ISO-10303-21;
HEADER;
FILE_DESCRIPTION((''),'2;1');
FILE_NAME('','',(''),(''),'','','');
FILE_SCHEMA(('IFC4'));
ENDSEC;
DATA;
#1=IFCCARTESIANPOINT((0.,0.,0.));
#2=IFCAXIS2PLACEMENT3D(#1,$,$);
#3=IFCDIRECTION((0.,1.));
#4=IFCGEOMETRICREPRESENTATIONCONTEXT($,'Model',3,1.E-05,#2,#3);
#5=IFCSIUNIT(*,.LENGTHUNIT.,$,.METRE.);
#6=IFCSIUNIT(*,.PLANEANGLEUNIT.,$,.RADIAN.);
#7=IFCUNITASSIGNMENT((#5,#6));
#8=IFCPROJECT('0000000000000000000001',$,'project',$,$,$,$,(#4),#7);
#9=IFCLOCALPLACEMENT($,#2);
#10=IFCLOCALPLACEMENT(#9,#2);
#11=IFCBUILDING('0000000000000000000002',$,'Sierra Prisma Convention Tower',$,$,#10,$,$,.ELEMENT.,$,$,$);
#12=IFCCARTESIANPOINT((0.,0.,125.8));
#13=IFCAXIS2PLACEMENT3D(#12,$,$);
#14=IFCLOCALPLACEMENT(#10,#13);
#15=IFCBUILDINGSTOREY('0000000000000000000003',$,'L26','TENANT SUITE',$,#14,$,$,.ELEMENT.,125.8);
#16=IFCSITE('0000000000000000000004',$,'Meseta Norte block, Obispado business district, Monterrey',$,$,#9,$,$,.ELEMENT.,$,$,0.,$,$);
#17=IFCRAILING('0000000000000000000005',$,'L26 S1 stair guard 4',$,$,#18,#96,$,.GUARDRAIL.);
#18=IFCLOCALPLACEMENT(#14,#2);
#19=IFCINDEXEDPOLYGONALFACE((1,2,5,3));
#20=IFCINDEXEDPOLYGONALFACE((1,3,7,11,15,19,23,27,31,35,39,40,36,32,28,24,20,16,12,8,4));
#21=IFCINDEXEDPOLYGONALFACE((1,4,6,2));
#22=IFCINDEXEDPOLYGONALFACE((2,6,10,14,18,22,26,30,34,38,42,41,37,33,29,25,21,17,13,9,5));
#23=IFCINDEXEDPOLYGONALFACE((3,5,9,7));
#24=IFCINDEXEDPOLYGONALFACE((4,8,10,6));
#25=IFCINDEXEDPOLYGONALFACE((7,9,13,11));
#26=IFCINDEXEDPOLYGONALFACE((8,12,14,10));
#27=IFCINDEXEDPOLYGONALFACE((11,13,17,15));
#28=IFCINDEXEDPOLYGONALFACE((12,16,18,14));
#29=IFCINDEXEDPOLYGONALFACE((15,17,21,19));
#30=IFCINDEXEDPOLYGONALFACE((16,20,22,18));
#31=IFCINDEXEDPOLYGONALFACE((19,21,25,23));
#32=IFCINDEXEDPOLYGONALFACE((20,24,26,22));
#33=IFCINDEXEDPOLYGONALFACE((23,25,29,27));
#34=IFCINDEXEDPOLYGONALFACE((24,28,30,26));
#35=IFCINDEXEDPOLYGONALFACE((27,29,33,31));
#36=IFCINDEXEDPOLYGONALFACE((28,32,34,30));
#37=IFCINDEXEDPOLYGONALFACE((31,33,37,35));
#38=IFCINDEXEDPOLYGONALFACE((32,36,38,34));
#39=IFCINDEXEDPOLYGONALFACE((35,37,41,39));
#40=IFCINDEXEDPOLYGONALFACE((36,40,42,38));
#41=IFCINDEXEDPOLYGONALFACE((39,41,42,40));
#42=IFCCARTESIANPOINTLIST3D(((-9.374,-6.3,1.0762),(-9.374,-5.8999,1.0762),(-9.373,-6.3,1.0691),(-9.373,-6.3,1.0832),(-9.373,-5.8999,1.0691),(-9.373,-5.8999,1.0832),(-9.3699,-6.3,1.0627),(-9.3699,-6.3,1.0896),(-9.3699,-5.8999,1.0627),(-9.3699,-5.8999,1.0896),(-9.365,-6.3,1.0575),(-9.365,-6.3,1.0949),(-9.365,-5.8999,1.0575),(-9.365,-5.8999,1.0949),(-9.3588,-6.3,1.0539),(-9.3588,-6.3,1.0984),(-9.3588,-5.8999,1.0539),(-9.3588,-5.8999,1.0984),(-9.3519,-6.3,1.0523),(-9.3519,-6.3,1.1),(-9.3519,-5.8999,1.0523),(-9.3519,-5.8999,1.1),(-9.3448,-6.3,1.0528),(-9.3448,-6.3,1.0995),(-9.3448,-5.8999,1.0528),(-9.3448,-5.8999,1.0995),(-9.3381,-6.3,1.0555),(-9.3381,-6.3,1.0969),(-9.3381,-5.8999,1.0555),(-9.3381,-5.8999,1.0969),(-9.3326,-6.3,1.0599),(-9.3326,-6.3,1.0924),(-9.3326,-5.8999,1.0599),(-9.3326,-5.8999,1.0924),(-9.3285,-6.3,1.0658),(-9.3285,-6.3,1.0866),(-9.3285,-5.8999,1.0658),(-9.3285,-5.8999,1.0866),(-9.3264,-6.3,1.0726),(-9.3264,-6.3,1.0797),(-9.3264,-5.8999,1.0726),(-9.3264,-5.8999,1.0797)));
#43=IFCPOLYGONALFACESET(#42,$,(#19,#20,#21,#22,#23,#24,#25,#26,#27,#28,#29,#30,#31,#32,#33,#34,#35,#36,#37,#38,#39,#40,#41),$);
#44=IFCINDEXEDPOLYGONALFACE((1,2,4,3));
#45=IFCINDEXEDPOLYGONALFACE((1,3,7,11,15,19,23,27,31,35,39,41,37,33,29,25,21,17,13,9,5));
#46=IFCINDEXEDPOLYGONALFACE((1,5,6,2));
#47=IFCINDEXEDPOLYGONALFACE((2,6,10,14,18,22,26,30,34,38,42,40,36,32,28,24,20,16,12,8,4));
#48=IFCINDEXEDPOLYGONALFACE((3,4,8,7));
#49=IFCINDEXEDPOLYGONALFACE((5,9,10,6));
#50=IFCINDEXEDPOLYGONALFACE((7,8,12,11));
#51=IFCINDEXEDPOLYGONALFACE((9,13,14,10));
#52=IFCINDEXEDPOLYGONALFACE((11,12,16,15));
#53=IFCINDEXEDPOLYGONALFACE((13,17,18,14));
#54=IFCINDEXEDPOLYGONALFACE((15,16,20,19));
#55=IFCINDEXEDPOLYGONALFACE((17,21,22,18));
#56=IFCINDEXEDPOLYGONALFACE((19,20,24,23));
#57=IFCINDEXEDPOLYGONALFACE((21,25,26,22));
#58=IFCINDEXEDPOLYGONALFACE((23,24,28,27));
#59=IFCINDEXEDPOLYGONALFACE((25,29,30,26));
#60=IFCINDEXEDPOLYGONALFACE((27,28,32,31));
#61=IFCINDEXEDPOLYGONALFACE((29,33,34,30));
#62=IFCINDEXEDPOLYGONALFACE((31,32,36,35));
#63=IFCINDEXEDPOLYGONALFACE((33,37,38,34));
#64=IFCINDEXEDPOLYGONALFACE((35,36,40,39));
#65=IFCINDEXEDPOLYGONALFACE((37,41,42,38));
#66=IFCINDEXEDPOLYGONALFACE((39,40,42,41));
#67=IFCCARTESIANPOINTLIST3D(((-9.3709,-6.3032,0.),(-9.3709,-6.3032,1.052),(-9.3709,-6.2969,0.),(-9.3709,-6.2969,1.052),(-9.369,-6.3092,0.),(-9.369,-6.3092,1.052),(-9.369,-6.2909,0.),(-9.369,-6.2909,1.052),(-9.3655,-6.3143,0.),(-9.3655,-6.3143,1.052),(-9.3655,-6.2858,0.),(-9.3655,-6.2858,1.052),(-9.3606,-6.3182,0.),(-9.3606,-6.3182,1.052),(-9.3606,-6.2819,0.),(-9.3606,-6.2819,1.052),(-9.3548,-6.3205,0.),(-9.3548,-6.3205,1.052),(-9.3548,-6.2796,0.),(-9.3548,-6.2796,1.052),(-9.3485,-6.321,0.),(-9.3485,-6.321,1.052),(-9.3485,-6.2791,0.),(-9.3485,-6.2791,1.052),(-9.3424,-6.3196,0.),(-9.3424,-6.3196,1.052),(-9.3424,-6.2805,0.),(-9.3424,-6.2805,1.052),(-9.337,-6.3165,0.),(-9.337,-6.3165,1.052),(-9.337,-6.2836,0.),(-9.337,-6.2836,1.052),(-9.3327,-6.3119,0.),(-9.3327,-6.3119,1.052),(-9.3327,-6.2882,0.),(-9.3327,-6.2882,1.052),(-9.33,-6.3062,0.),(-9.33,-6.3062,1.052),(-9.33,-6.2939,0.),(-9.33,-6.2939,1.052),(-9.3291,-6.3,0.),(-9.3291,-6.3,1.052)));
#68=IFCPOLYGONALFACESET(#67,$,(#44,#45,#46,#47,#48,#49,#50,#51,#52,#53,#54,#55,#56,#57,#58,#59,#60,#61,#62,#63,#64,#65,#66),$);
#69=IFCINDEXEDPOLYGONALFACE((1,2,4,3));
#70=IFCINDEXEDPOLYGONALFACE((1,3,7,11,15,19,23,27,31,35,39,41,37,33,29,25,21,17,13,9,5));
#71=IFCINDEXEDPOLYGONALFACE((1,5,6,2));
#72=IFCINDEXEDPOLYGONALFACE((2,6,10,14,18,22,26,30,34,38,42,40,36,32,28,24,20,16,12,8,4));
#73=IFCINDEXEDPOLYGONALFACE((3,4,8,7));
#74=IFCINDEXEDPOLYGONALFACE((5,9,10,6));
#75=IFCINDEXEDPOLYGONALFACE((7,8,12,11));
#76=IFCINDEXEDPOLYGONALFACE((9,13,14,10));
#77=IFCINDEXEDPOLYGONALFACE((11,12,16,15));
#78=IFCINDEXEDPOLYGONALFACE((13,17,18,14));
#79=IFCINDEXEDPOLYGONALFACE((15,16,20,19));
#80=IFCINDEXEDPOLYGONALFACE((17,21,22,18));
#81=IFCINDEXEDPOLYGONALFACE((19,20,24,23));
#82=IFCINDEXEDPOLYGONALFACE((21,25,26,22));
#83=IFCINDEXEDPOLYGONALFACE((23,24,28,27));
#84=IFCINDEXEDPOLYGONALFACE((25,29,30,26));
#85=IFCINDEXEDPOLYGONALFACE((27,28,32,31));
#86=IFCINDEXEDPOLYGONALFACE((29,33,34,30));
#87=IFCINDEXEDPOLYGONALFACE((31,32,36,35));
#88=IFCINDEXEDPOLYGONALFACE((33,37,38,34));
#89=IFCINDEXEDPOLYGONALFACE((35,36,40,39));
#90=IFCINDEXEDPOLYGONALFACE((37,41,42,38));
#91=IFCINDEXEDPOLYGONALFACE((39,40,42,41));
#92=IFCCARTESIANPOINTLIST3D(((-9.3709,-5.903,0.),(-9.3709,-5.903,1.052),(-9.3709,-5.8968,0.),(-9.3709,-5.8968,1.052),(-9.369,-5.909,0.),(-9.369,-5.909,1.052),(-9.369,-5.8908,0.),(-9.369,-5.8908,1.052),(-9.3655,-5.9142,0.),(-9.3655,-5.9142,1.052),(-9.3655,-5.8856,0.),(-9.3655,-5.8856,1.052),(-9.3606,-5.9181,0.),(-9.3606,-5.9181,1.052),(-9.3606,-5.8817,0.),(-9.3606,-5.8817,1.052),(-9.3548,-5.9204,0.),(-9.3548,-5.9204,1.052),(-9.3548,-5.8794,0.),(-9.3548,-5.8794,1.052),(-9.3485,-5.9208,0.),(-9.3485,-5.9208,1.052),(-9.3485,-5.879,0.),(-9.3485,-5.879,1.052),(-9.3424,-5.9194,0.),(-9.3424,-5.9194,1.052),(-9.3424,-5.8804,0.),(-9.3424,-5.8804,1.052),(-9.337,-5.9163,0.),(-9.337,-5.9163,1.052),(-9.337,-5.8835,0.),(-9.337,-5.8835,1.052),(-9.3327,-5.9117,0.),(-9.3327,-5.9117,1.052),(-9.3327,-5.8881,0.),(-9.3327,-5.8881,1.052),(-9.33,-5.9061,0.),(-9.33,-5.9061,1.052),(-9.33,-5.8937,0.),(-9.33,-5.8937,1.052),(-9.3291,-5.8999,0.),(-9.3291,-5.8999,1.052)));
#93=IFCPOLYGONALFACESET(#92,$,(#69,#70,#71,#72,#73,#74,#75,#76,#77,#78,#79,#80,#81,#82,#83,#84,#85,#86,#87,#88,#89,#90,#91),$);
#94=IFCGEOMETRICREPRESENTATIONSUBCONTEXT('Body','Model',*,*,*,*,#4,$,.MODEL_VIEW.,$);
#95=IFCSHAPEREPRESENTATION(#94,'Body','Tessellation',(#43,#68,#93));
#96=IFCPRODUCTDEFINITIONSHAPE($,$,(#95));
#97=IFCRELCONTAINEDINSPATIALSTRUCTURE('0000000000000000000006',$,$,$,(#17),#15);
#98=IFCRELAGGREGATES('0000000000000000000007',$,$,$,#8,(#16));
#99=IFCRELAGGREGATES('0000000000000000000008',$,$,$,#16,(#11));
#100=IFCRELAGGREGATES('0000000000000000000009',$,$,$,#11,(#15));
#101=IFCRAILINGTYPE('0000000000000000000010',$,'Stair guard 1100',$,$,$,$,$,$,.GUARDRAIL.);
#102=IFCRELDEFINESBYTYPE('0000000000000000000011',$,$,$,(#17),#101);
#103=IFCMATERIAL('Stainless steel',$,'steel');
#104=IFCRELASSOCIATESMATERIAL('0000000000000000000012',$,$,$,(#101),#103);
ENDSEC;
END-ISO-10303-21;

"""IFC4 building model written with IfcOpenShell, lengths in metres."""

from ifc_helpers import new_model, si_unit, direction, frame, origin, origin_2d, place, context, subcontext, project, spatial, circle, extrude, material, type_object, element, save


model = new_model("IFC4")

# Units and contexts
model_context = context("Model", 3, precision=1e-05, world=origin(), true_north=direction((0.0, 1.0)))
body_context = subcontext(model_context, "Body", "Model", "MODEL_VIEW")
ifc_project = project(units=[si_unit("LENGTHUNIT", "METRE"), si_unit("PLANEANGLEUNIT", "RADIAN")], contexts=[model_context])

# Site, building, storey
site_placement = place(None, origin())
site = spatial("IfcSite", under=ifc_project, at=site_placement, Name="Meseta Norte block, Obispado business district, Monterrey", CompositionType="ELEMENT", RefElevation=0.0)
building_placement = place(site_placement, origin())
building = spatial("IfcBuilding", under=site, at=building_placement, Name="Sierra Prisma Convention Tower", CompositionType="ELEMENT")
storey_placement = place(building_placement, frame((0.0, 0.0, 125.8)))
storey = spatial("IfcBuildingStorey", under=building, at=storey_placement, Name="L26", Description="TENANT SUITE", CompositionType="ELEMENT", Elevation=125.8)

# Railing
ifc_material_1 = material(Name="Stainless steel", Category="steel")
railing_type_1 = type_object("IfcRailingType", Name="Stair guard 1100", PredefinedType="GUARDRAIL", material=ifc_material_1)
railing_1_placement = place(storey_placement, frame((-9.3501, -6.3, 0.0)))
element("IfcRailing", 1, at=railing_1_placement, inside=storey, type_object=railing_type_1, Name="L26 S1 stair guard 4", PredefinedType="GUARDRAIL", context=body_context, shape_type="SweptSolid", body=[
    extrude(circle(Radius=0.0239, at=origin_2d()), frame((0.0, 0.0, 1.0762), z_axis=(0.0, 1.0, 0.0), x_axis=(-1.0, 0.0, 0.0)), (0.0, 0.0, 1.0), 0.4001),
    extrude(circle(Radius=0.021, at=origin_2d()), origin(), (0.0, 0.0, 1.0), 1.052),
    extrude(circle(Radius=0.021, at=origin_2d()), frame((0.0, 0.4001, 0.0)), (0.0, 0.0, 1.0), 1.052),
])

save(model, "model.ifc")
